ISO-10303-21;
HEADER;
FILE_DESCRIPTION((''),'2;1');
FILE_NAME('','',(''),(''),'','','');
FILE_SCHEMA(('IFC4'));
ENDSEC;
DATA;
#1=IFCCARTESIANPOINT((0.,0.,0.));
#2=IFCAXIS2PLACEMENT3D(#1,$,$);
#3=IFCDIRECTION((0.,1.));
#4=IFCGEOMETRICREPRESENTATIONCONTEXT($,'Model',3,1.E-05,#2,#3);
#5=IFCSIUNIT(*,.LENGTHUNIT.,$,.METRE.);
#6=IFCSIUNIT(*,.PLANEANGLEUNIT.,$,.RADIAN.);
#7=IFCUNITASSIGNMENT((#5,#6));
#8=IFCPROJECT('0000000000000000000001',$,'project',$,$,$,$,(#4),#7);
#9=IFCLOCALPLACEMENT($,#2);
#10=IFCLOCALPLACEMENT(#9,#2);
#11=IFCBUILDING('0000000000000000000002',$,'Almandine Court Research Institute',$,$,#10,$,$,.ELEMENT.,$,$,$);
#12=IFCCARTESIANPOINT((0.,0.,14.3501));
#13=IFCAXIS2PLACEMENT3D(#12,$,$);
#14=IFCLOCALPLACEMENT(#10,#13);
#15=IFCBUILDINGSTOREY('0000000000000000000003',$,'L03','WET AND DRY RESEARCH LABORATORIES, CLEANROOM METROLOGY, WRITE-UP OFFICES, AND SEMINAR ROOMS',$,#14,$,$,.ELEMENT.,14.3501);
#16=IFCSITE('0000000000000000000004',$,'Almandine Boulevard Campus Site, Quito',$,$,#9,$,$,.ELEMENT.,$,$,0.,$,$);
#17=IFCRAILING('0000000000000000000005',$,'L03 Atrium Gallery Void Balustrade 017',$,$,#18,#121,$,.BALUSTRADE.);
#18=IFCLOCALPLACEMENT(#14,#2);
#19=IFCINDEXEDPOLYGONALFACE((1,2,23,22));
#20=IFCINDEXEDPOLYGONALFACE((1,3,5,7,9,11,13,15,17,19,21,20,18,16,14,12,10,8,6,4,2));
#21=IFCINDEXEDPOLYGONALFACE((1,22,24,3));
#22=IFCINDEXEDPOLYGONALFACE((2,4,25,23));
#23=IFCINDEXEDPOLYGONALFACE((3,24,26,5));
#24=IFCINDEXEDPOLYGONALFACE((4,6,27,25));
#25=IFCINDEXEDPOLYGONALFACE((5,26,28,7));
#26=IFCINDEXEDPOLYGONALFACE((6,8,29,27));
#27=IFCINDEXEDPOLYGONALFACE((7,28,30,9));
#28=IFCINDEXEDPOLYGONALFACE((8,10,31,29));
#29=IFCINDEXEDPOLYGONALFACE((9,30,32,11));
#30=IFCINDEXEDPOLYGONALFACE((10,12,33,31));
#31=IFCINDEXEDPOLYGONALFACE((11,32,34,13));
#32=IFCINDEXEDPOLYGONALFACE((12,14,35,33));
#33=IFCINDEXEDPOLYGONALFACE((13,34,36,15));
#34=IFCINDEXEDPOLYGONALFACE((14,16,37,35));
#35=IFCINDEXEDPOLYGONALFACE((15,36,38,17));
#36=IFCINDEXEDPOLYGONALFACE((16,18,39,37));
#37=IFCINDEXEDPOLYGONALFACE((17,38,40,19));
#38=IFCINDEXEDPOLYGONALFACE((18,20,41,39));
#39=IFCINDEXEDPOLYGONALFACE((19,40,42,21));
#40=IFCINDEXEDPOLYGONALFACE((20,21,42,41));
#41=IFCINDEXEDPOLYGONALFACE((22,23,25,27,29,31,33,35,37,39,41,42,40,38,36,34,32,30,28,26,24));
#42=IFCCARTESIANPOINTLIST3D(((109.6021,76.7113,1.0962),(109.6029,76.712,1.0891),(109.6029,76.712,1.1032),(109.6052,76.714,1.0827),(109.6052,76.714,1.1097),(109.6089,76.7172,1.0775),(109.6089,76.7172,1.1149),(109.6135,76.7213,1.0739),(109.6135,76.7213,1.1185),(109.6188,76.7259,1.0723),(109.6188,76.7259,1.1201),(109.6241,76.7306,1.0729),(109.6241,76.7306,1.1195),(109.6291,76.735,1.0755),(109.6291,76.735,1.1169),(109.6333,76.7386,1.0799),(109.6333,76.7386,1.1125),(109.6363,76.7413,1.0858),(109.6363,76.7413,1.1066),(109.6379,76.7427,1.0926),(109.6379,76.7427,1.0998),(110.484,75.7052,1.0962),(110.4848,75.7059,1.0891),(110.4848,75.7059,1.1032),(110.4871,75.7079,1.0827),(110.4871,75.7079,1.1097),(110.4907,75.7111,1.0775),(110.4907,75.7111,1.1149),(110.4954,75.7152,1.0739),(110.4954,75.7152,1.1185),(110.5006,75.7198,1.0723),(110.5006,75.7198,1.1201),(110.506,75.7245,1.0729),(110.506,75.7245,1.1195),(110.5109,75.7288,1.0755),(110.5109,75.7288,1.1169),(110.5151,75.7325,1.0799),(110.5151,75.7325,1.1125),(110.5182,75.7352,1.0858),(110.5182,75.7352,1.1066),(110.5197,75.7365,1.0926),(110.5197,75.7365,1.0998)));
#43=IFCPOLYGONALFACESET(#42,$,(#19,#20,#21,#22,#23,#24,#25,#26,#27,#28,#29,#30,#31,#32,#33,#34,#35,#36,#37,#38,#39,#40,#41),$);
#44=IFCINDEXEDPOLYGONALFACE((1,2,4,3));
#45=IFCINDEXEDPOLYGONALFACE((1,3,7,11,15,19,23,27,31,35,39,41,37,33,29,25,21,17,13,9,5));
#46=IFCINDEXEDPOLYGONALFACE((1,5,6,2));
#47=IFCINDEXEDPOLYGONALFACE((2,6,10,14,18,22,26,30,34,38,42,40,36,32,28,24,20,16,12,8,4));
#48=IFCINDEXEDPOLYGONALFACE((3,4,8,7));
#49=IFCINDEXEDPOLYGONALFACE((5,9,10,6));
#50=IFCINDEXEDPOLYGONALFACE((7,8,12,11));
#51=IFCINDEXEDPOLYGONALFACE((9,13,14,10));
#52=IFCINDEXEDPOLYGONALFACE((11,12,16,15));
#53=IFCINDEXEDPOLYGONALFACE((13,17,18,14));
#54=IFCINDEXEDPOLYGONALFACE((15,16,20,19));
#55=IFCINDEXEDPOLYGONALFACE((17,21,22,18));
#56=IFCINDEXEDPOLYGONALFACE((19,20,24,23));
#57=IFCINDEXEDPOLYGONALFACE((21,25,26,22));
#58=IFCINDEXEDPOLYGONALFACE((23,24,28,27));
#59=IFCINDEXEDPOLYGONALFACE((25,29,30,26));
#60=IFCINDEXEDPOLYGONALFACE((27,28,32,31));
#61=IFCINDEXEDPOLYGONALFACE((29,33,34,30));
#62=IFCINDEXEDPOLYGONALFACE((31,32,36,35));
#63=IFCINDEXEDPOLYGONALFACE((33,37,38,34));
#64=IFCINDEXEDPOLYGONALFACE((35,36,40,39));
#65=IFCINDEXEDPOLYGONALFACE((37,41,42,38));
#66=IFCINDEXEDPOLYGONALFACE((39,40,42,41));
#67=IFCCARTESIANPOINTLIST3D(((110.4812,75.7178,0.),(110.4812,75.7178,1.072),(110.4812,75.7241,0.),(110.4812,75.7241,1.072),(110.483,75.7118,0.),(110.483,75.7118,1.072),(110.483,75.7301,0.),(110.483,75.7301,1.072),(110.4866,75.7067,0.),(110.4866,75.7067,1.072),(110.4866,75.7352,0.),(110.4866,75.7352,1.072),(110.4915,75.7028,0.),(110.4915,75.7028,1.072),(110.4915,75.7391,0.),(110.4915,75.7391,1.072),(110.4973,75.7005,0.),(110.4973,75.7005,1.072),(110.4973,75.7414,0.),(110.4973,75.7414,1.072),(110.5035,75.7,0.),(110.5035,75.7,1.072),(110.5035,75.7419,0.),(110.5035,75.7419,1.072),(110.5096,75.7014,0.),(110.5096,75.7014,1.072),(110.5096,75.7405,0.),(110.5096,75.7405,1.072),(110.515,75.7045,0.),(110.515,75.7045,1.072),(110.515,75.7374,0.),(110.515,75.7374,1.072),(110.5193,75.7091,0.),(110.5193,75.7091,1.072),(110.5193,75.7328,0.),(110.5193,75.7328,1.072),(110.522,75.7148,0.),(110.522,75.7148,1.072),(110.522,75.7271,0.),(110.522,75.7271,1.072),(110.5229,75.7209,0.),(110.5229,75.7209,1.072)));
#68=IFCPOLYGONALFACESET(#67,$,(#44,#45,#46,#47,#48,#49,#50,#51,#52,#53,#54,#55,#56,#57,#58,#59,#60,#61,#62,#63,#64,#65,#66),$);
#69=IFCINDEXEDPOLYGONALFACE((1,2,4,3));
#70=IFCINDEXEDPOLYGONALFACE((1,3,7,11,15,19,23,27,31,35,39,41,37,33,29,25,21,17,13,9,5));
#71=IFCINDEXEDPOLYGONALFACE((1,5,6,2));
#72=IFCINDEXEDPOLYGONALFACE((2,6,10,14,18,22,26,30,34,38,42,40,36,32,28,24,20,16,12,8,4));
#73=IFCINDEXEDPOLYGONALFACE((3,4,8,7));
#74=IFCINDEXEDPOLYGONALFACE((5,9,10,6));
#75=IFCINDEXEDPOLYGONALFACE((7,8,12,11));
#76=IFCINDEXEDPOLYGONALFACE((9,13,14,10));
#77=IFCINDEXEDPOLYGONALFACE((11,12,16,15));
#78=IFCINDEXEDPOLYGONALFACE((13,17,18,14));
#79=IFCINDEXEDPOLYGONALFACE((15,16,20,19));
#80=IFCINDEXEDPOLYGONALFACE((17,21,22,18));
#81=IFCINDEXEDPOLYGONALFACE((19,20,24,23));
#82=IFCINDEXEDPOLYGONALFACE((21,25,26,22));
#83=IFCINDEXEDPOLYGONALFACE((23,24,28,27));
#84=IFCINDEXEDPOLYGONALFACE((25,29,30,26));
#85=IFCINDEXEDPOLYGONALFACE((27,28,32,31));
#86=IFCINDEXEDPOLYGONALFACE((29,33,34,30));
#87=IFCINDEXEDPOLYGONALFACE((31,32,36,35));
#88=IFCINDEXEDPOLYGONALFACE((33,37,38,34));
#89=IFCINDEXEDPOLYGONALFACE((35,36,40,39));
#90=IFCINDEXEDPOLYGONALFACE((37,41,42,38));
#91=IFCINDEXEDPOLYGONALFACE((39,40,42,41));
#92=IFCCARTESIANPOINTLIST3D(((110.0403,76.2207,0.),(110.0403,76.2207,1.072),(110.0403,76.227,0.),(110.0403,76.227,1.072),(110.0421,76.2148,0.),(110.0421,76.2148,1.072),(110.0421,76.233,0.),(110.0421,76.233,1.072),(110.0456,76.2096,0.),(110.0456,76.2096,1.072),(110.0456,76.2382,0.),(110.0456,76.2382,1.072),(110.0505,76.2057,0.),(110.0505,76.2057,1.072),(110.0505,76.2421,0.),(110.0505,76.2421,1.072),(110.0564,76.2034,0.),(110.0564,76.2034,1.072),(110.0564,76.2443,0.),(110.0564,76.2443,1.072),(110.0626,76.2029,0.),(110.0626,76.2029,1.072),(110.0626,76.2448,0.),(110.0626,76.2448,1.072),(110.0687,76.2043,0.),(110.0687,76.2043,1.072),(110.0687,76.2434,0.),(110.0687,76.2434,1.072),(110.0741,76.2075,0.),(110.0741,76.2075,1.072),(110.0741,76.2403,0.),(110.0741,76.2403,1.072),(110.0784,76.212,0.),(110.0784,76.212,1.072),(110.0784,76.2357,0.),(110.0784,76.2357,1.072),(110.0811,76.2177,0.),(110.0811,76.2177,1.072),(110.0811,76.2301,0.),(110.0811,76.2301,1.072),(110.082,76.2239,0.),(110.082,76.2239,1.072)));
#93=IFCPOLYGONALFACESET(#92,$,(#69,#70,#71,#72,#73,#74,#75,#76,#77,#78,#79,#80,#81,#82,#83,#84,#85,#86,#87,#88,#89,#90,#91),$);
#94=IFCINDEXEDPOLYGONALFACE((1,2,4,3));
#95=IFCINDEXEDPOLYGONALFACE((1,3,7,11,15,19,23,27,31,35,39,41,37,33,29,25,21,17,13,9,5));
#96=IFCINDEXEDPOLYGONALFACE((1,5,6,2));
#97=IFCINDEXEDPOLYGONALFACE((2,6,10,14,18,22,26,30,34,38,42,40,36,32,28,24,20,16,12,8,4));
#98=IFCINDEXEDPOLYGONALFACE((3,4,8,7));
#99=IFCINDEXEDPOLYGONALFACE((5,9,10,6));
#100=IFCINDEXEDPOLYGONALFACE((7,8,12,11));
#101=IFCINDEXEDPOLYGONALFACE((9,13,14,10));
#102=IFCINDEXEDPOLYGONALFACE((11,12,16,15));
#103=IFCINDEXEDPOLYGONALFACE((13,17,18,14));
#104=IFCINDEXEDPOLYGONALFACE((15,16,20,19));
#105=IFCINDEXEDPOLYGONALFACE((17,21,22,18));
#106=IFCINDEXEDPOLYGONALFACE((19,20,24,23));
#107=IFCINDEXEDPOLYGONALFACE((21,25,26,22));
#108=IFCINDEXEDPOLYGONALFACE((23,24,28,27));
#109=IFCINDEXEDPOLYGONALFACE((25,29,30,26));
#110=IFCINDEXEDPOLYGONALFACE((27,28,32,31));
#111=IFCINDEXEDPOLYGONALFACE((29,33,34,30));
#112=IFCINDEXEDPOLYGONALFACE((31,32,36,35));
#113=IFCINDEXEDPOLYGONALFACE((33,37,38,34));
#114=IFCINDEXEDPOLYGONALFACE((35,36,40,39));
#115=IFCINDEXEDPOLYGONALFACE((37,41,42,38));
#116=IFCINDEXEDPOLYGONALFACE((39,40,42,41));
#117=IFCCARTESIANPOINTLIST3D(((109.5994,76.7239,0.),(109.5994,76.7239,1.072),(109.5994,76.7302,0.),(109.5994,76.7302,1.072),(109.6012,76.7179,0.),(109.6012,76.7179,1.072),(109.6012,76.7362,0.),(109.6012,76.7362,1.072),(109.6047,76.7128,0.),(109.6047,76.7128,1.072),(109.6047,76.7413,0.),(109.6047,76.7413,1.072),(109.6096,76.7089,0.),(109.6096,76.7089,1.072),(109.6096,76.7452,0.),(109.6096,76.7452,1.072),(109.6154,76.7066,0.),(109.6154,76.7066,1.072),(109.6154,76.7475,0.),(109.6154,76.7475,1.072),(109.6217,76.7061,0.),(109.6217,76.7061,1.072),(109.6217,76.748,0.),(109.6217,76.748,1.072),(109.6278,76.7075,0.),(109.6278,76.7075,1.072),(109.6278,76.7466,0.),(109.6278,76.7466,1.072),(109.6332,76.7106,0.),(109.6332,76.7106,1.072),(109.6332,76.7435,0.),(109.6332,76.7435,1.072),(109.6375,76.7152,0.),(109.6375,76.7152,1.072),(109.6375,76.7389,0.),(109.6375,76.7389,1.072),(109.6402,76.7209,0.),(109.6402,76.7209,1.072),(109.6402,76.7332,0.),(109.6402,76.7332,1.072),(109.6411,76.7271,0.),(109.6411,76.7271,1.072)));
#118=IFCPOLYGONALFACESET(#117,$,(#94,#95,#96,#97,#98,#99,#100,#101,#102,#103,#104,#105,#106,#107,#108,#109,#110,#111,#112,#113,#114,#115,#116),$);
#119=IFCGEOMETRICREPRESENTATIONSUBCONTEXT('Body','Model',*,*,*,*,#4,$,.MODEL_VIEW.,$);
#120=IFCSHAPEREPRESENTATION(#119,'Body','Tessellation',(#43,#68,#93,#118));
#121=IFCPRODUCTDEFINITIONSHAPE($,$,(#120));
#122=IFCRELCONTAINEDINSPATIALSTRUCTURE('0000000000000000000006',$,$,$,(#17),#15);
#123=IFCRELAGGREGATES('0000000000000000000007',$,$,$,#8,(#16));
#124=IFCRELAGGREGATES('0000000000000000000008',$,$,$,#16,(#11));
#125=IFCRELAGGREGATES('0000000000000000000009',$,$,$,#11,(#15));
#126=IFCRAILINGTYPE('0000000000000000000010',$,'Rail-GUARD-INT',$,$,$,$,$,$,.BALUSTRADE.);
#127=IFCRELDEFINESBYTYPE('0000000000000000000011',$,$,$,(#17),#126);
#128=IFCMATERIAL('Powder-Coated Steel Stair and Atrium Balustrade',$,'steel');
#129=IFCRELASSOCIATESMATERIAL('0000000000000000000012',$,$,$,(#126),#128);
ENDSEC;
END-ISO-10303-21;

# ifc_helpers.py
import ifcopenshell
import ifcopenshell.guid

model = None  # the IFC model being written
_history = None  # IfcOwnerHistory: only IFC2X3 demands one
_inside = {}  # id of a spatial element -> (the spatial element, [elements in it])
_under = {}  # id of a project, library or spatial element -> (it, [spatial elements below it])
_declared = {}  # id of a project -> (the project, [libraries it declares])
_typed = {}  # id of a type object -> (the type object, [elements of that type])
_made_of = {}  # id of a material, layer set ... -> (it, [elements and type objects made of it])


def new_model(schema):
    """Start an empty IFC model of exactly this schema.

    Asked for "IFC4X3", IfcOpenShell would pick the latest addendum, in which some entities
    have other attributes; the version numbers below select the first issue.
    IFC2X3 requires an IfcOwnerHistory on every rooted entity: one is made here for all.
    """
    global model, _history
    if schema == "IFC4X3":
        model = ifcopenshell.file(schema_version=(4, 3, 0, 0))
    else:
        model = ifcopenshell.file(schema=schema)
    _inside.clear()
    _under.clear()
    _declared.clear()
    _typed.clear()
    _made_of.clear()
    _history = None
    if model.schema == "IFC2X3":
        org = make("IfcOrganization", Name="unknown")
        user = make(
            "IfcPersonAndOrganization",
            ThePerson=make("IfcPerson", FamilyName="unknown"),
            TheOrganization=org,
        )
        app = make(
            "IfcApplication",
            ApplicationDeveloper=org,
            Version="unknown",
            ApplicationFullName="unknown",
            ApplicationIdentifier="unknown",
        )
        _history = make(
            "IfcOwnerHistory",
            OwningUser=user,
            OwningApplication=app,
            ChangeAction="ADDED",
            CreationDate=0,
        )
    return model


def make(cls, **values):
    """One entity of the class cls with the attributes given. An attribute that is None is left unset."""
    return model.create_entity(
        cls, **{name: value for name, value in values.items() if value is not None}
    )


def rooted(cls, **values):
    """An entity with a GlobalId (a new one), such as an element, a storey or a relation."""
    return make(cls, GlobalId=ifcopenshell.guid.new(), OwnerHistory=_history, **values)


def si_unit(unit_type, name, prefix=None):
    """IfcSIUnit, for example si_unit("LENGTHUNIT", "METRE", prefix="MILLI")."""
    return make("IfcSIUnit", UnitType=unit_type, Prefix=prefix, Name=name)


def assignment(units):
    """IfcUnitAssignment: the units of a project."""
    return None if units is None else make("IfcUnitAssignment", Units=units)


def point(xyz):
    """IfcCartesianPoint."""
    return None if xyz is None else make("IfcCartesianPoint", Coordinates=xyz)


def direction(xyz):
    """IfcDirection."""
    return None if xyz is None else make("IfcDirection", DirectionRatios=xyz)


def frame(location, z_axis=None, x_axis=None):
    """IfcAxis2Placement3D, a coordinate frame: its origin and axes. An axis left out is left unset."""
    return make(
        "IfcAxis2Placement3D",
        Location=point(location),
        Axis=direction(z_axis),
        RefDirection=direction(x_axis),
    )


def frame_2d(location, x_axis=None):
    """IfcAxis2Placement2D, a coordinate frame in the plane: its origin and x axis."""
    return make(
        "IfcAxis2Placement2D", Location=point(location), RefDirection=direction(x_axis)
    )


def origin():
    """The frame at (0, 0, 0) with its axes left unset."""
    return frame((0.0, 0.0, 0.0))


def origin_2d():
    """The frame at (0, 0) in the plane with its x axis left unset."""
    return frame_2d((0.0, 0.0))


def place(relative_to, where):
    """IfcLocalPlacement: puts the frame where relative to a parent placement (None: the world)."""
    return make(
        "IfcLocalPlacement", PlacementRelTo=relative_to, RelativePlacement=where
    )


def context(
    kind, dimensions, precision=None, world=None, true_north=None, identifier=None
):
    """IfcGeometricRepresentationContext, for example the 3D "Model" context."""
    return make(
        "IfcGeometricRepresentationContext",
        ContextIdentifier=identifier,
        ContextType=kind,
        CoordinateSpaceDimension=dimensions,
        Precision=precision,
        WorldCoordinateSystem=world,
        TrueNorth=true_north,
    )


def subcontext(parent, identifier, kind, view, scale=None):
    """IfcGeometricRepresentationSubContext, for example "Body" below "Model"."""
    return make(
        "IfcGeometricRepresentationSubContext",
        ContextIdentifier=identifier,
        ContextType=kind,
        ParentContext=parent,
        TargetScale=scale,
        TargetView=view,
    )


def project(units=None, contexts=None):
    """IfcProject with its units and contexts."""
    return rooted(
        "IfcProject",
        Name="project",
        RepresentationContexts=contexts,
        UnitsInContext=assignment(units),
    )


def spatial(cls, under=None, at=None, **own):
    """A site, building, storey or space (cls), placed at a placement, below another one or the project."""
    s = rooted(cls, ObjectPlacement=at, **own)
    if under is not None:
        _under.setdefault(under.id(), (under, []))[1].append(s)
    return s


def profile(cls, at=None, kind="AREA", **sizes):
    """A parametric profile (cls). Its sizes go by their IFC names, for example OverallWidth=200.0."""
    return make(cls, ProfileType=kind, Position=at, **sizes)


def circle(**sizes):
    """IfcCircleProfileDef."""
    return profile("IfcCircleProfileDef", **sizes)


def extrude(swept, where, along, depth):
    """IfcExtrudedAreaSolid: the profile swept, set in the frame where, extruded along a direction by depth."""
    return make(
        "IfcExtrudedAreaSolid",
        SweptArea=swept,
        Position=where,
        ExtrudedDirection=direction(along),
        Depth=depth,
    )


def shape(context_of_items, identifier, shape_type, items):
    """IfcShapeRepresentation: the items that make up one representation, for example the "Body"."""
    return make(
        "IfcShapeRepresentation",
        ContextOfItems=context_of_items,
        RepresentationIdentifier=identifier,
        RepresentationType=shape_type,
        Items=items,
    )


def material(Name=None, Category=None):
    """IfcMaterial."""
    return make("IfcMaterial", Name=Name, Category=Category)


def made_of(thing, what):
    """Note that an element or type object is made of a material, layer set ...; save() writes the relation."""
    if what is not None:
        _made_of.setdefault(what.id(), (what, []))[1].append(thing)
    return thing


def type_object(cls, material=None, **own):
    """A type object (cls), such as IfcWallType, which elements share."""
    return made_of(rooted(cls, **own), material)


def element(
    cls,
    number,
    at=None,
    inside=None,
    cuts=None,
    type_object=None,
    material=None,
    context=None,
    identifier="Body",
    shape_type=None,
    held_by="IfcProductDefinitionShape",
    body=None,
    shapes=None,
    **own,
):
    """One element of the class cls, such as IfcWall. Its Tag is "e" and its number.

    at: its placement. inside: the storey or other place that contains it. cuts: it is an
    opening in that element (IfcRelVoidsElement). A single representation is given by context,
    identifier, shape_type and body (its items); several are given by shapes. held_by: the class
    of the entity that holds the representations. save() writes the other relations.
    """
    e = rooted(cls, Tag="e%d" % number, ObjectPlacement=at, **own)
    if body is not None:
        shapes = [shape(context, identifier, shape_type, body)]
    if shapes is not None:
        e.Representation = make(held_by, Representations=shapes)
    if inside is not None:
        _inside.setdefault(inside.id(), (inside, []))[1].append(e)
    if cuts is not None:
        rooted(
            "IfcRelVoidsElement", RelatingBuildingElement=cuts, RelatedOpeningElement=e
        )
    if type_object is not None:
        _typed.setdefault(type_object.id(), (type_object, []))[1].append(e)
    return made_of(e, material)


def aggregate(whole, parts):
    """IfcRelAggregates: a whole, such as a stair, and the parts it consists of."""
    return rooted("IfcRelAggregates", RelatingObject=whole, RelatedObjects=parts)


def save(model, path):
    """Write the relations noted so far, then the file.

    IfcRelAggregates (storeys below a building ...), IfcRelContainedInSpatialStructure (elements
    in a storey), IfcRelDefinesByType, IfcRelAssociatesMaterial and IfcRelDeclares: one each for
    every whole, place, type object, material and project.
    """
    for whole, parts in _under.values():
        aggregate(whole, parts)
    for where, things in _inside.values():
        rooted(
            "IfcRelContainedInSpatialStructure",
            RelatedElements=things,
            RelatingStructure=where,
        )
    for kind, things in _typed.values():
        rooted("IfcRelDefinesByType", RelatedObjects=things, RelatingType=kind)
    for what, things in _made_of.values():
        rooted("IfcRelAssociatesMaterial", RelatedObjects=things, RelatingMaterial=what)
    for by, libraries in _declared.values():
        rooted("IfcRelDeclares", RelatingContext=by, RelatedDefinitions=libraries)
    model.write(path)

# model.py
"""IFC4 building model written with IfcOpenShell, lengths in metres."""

from ifc_helpers import new_model, si_unit, direction, frame, origin, origin_2d, place, context, subcontext, project, spatial, circle, extrude, material, type_object, element, save


model = new_model("IFC4")

# Units and contexts
model_context = context("Model", 3, precision=1e-05, world=origin(), true_north=direction((0.0, 1.0)))
body_context = subcontext(model_context, "Body", "Model", "MODEL_VIEW")
ifc_project = project(units=[si_unit("LENGTHUNIT", "METRE"), si_unit("PLANEANGLEUNIT", "RADIAN")], contexts=[model_context])

# Site, building, storey
site_placement = place(None, origin())
site = spatial("IfcSite", under=ifc_project, at=site_placement, Name="Almandine Boulevard Campus Site, Quito", CompositionType="ELEMENT", RefElevation=0.0)
building_placement = place(site_placement, origin())
building = spatial("IfcBuilding", under=site, at=building_placement, Name="Almandine Court Research Institute", CompositionType="ELEMENT")
storey_placement = place(building_placement, frame((0.0, 0.0, 14.3501)))
storey = spatial("IfcBuildingStorey", under=building, at=storey_placement, Name="L03", Description="WET AND DRY RESEARCH LABORATORIES, CLEANROOM METROLOGY, WRITE-UP OFFICES, AND SEMINAR ROOMS", CompositionType="ELEMENT", Elevation=14.3501)

# Railing
ifc_material_1 = material(Name="Powder-Coated Steel Stair and Atrium Balustrade", Category="steel")
railing_type = type_object("IfcRailingType", Name="Rail-GUARD-INT", PredefinedType="BALUSTRADE", material=ifc_material_1)
railing_1_placement = place(storey_placement, frame((110.502, 75.7209, 0.0)))
element("IfcRailing", 1, at=railing_1_placement, inside=storey, type_object=railing_type, Name="L03 Atrium Gallery Void Balustrade 017", PredefinedType="BALUSTRADE", context=body_context, shape_type="SweptSolid", body=[
    extrude(circle(Radius=0.0239, at=origin_2d()), frame((0.0, 0.0, 1.0962), z_axis=(-0.659137, 0.752023, 0.0), x_axis=(-0.752023, -0.659137, 0.0)), (0.0, 0.0, 1.0), 1.3379),
    extrude(circle(Radius=0.021, at=origin_2d()), origin(), (0.0, 0.0, 1.0), 1.072),
    extrude(circle(Radius=0.021, at=origin_2d()), frame((-0.4409, 0.5029, 0.0)), (0.0, 0.0, 1.0), 1.072),
    extrude(circle(Radius=0.021, at=origin_2d()), frame((-0.8818, 1.0061, 0.0)), (0.0, 0.0, 1.0), 1.072),
])

save(model, "model.ifc")
